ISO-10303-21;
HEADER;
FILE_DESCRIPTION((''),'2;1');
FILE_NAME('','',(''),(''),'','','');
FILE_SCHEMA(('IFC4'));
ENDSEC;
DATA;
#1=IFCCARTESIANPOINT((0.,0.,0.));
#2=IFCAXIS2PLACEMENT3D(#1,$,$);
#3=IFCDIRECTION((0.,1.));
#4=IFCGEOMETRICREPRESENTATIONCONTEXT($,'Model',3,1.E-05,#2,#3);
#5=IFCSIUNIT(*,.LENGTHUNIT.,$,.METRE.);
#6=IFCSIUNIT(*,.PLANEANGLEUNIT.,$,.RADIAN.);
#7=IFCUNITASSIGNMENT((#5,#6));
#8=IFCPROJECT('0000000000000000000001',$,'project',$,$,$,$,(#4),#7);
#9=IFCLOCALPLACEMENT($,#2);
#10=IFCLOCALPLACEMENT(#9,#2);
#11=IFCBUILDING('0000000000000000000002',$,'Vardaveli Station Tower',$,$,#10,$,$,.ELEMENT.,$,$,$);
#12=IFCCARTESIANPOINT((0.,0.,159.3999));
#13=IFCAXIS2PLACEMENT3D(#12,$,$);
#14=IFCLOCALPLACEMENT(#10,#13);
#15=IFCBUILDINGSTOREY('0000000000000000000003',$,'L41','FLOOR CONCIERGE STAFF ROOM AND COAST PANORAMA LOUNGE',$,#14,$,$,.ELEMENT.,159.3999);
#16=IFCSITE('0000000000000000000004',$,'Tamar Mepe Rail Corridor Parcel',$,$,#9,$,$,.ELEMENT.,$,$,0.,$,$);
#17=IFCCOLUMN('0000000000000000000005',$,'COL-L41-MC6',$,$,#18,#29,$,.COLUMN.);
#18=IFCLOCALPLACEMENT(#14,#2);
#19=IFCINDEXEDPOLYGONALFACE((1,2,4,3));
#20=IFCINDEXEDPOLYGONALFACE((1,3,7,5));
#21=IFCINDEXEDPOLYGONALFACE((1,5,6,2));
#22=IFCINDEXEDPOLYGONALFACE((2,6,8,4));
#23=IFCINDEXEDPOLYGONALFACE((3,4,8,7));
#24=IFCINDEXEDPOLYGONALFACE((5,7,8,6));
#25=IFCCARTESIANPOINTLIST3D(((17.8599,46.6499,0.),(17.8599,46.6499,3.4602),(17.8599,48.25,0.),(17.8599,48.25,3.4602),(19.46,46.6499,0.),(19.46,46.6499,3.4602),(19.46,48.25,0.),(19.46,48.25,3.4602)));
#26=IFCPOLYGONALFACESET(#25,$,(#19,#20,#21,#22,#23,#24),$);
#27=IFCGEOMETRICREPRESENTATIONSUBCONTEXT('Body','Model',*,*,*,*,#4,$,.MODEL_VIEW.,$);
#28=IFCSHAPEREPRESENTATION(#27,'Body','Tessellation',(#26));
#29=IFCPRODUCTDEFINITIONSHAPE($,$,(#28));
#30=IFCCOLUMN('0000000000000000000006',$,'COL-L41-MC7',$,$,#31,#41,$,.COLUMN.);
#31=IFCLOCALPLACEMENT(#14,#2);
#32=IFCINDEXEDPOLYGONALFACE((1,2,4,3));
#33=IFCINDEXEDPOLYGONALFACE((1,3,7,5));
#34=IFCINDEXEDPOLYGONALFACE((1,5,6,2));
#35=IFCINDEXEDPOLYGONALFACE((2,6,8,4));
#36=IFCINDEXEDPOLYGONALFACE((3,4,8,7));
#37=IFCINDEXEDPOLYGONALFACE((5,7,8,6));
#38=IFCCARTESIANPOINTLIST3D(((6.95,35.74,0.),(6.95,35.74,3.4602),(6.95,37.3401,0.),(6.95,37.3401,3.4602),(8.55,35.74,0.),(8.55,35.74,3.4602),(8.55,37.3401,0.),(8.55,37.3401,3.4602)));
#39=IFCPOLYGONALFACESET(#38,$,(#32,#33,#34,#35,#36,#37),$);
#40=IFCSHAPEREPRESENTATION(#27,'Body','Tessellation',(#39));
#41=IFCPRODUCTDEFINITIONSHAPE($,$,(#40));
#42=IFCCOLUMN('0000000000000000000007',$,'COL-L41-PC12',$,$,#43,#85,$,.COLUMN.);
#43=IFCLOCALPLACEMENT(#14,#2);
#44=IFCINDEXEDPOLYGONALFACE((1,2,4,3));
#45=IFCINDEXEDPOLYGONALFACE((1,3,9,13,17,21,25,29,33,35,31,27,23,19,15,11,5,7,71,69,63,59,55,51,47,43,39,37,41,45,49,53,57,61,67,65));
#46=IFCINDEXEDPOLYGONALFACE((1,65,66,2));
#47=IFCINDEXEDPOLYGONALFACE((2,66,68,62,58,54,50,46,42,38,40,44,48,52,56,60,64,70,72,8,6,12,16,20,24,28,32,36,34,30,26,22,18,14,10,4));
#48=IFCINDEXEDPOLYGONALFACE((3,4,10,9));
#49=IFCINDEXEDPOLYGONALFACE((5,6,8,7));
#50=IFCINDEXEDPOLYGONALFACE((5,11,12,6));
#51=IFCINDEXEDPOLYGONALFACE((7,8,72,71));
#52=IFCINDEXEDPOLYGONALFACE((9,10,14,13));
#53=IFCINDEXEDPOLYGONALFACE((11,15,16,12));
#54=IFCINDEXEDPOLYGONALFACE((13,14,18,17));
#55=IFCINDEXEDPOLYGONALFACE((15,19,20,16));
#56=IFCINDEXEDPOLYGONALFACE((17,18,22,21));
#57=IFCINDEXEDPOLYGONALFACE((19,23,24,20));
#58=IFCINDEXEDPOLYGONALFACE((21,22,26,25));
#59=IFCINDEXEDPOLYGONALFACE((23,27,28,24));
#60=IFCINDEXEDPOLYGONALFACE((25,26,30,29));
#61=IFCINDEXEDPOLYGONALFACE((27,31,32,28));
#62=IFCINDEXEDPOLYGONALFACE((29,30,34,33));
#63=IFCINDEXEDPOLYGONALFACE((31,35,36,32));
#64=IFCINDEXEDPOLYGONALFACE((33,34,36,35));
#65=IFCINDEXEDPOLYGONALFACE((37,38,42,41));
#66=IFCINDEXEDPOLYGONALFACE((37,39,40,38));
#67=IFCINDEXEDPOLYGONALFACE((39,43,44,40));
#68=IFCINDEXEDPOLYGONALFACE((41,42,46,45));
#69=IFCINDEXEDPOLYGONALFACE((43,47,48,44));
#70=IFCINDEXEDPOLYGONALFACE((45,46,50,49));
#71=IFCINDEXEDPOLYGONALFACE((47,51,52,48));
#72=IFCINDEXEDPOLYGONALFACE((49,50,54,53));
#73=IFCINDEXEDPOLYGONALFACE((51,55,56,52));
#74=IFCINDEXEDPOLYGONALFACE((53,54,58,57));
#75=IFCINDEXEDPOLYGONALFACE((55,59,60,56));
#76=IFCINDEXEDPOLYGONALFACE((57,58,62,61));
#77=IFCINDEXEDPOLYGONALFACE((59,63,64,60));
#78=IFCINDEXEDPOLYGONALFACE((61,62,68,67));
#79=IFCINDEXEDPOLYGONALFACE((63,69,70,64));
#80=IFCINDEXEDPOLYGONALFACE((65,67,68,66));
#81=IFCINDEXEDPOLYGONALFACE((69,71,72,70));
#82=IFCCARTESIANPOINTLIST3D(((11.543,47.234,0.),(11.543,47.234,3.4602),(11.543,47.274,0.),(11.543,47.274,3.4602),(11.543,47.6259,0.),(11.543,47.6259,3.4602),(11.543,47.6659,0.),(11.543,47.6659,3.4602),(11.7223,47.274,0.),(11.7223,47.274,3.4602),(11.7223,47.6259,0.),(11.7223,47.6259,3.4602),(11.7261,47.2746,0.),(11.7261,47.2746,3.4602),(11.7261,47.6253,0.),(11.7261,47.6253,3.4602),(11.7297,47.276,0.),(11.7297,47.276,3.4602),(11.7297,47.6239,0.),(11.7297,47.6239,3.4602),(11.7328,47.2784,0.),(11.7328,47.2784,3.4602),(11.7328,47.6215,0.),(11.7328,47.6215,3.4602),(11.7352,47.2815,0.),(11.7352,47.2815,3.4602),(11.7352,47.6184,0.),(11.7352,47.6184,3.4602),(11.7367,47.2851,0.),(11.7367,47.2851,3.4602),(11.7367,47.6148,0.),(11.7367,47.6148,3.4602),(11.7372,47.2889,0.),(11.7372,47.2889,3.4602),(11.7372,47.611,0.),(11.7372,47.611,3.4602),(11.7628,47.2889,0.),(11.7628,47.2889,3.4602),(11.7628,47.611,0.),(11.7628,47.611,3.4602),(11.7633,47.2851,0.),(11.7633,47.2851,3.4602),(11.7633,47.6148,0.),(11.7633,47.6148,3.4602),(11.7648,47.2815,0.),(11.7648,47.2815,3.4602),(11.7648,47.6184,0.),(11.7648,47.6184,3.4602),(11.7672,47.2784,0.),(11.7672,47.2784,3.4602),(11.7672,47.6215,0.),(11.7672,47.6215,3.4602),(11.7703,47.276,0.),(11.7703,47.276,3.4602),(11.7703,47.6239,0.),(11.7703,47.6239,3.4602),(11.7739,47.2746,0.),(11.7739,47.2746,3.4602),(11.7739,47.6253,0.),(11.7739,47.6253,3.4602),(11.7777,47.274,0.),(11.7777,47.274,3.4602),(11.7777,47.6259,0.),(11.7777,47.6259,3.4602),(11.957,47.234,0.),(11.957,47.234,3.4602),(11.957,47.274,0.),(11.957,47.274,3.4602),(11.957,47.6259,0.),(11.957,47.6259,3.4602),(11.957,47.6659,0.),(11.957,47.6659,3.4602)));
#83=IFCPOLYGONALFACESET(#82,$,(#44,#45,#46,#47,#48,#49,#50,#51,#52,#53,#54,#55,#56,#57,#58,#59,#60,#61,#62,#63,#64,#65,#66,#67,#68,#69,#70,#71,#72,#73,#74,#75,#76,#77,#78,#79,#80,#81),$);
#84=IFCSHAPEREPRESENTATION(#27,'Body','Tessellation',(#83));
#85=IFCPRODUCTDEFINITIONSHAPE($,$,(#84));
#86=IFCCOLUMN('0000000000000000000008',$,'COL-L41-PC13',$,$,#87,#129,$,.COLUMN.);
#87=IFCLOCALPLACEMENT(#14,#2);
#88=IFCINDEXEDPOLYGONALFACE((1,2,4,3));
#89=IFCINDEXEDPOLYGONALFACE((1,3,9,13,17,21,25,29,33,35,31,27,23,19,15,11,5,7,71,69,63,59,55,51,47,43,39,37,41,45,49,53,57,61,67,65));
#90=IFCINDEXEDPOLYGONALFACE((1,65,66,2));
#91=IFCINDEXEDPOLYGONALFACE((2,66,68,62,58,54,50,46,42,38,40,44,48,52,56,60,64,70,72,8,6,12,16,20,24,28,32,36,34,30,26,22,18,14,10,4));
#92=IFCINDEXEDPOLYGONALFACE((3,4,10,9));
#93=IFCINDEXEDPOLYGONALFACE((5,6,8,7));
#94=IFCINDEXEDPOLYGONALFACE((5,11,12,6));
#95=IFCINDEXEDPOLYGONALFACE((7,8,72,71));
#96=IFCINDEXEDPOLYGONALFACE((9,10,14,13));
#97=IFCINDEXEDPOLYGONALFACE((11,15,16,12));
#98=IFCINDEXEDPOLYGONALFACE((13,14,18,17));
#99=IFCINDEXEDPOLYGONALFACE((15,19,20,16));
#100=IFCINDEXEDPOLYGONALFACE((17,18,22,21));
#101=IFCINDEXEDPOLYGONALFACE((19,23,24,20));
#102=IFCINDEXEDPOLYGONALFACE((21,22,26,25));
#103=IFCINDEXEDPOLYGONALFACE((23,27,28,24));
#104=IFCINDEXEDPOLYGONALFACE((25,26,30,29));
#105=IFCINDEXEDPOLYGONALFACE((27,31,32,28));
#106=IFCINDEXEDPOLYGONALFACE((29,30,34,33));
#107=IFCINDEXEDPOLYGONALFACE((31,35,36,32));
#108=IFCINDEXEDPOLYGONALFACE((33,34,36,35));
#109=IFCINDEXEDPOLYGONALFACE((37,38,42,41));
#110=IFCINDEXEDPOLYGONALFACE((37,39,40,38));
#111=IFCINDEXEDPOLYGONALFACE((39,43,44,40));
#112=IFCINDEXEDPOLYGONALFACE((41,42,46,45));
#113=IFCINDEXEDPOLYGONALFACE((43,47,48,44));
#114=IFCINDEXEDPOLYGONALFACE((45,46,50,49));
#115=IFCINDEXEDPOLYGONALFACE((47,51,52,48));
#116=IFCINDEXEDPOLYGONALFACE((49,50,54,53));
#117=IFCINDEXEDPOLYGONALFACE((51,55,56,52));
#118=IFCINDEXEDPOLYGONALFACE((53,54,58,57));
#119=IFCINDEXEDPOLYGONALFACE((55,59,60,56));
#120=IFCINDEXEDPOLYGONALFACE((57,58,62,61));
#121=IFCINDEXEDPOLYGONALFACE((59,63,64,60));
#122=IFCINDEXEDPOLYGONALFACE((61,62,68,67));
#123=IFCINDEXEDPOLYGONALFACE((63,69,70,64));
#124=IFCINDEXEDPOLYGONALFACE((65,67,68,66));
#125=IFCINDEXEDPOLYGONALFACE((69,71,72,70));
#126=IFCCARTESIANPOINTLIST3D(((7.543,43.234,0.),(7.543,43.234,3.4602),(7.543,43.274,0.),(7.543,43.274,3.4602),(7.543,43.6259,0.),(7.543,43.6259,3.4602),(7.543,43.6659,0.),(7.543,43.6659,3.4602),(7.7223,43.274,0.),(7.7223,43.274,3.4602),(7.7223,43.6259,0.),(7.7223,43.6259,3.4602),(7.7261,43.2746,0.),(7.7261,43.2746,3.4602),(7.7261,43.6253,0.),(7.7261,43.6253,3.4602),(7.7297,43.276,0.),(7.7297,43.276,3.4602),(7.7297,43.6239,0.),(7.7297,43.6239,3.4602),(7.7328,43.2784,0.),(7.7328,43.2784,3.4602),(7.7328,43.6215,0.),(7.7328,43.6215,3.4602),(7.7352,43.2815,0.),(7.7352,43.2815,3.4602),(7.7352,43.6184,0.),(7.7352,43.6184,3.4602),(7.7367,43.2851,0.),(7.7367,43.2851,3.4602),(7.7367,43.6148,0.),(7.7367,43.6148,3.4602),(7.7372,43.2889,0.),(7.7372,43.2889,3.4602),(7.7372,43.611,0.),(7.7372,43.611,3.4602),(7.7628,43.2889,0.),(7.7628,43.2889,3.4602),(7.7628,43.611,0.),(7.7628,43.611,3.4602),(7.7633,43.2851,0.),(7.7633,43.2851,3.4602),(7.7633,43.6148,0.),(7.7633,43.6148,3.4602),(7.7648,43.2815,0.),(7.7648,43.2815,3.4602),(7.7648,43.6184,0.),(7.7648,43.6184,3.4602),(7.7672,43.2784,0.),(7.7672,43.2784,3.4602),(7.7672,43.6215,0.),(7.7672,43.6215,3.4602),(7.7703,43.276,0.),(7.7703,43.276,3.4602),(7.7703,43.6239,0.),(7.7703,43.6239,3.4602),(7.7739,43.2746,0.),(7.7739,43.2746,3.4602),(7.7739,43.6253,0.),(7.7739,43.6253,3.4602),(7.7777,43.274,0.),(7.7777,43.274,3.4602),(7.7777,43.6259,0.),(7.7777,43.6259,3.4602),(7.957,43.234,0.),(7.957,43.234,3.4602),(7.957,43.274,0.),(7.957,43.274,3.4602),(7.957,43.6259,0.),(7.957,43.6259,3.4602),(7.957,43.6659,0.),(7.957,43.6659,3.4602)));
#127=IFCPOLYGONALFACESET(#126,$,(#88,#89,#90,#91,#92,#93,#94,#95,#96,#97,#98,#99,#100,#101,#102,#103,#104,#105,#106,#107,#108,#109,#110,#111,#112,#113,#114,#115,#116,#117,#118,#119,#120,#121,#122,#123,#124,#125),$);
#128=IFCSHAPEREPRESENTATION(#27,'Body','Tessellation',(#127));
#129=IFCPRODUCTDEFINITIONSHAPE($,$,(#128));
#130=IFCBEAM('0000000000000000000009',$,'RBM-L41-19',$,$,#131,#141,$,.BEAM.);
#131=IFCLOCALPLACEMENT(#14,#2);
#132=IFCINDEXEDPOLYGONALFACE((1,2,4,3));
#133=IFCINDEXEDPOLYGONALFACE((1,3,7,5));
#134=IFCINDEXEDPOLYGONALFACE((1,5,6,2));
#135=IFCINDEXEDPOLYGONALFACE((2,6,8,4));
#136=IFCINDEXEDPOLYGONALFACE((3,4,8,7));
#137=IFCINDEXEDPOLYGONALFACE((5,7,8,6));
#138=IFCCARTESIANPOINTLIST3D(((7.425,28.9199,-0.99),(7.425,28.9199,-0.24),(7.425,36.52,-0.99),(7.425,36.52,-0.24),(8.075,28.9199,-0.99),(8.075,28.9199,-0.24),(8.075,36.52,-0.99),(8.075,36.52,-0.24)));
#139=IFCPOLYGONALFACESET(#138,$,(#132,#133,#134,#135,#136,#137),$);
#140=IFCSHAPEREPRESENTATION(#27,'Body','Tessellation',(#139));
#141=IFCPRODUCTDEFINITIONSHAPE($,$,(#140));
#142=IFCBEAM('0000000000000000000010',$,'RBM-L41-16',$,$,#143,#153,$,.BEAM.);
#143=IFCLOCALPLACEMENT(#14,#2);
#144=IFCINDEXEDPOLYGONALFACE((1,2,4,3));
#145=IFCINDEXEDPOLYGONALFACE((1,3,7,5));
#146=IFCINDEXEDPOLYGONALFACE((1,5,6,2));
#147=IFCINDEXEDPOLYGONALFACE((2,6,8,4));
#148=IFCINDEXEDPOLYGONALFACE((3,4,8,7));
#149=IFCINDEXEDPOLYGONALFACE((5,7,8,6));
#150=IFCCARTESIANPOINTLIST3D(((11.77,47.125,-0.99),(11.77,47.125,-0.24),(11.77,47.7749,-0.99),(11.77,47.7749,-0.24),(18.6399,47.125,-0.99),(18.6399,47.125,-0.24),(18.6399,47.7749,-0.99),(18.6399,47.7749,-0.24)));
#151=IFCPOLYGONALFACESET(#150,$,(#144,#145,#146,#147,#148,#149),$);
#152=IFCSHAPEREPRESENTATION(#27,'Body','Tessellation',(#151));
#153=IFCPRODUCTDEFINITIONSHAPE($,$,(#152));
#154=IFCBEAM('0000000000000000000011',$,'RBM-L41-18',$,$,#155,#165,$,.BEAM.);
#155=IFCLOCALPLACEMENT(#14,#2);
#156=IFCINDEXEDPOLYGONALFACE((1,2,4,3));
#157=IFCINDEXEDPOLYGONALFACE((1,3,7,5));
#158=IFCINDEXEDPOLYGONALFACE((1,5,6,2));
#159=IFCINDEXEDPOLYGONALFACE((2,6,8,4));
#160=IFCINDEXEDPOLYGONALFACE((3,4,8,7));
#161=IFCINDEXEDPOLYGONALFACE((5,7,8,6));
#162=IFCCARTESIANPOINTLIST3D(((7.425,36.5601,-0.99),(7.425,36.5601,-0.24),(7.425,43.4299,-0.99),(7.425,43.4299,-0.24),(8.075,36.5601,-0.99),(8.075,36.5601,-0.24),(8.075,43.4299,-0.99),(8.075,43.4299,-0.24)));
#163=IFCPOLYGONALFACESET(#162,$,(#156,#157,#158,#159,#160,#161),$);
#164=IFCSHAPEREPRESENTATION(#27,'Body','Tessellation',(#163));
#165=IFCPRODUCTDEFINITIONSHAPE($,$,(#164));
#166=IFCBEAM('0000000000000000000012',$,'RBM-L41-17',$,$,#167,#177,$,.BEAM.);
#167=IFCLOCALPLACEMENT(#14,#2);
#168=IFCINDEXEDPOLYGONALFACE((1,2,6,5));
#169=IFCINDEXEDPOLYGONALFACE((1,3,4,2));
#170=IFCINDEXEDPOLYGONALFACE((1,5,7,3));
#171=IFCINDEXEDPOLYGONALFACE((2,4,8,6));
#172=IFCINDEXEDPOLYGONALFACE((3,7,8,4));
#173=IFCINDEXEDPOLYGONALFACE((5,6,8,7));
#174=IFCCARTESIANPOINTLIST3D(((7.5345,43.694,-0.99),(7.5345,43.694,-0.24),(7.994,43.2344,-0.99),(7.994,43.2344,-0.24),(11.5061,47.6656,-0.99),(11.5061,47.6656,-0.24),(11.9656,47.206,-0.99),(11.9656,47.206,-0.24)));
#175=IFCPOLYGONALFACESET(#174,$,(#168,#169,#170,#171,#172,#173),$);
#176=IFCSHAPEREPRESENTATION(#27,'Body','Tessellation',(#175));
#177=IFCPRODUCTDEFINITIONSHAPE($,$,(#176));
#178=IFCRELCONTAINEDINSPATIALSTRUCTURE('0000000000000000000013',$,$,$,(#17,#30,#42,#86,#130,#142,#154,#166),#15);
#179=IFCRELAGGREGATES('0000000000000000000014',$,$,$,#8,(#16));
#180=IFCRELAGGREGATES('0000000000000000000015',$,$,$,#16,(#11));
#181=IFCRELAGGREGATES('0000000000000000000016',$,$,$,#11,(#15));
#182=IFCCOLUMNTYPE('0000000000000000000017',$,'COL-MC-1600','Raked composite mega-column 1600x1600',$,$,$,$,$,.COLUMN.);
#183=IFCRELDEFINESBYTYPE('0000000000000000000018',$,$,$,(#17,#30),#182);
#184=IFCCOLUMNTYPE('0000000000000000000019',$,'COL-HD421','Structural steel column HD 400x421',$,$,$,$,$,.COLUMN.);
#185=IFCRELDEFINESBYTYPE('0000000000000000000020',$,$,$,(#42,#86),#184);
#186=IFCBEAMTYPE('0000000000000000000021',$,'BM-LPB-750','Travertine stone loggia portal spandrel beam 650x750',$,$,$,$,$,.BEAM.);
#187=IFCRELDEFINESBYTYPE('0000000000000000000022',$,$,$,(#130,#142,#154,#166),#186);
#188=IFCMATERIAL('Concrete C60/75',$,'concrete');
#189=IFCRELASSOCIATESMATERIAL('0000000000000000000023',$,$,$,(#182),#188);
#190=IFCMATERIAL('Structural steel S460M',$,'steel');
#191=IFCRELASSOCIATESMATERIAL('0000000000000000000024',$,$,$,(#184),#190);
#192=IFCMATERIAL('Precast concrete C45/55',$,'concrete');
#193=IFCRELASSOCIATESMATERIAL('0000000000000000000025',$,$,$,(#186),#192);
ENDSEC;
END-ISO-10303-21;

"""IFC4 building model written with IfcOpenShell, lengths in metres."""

from ifc_helpers import new_model, si_unit, direction, frame, origin, origin_2d, place, context, subcontext, project, spatial, rectangle, i_section, extrude, source, transform, mapped, material, material_profile, profile_set, type_object, element, save


model = new_model("IFC4")

# Units and contexts
model_context = context("Model", 3, precision=1e-05, world=origin(), true_north=direction((0.0, 1.0)))
body_context = subcontext(model_context, "Body", "Model", "MODEL_VIEW")
ifc_project = project(units=[si_unit("LENGTHUNIT", "METRE"), si_unit("PLANEANGLEUNIT", "RADIAN")], contexts=[model_context])

# Site, building, storey
site_placement = place(None, origin())
site = spatial("IfcSite", under=ifc_project, at=site_placement, Name="Tamar Mepe Rail Corridor Parcel", CompositionType="ELEMENT", RefElevation=0.0)
building_placement = place(site_placement, origin())
building = spatial("IfcBuilding", under=site, at=building_placement, Name="Vardaveli Station Tower", CompositionType="ELEMENT")
storey_placement = place(building_placement, frame((0.0, 0.0, 159.3999)))
storey = spatial("IfcBuildingStorey", under=building, at=storey_placement, Name="L41", Description="FLOOR CONCIERGE STAFF ROOM AND COAST PANORAMA LOUNGE", CompositionType="ELEMENT", Elevation=159.3999)

# Columns
ifc_material_1 = material(Name="Concrete C60/75", Category="concrete")
ifc_material_profile_1 = material_profile(ifc_material_1, rectangle(XDim=1.6001, YDim=1.6001, at=origin_2d()), Name="MC 1600x1600")
ifc_profile_set_1 = profile_set([ifc_material_profile_1], Name="Concrete C60/75")
column_type_1 = type_object("IfcColumnType", Name="COL-MC-1600", Description="Raked composite mega-column 1600x1600", PredefinedType="COLUMN", material=ifc_profile_set_1)
shared_shape_1 = source(origin(), body_context, "Body", "SweptSolid", [
    extrude(rectangle(XDim=1.6001, YDim=1.6001, at=origin_2d()), origin(), (0.0, 0.0, 1.0), 3.4602),
])
for number, where, z_axis, x_axis, name in (
    (1, (18.6599, 47.45, 0.0), (0.0, 0.0, 1.0), (1.0, 0.0, 0.0), "COL-L41-MC6"),
    (2, (7.75, 36.54, 0.0), (0.0, 0.0, 1.0), (1.0, 0.0, 0.0), "COL-L41-MC7"),
):
    element("IfcColumn", number, at=place(storey_placement, frame(where, z_axis=z_axis, x_axis=x_axis)), inside=storey, type_object=column_type_1, Name=name, PredefinedType="COLUMN", context=body_context, shape_type="MappedRepresentation", body=[
        mapped(shared_shape_1, transform((0.0, 0.0, 0.0), scale=1.0)),
    ])
ifc_material_2 = material(Name="Structural steel S460M", Category="steel")
ifc_material_profile_2 = material_profile(ifc_material_2, i_section(OverallWidth=0.4141, OverallDepth=0.4319, WebThickness=0.0256, FlangeThickness=0.04, FilletRadius=0.0149, at=origin_2d()), Name="HD 400x421")
ifc_profile_set_2 = profile_set([ifc_material_profile_2], Name="Structural steel S460M")
column_type_2 = type_object("IfcColumnType", Name="COL-HD421", Description="Structural steel column HD 400x421", PredefinedType="COLUMN", material=ifc_profile_set_2)
shared_shape_2 = source(origin(), body_context, "Body", "SweptSolid", [
    extrude(i_section(OverallWidth=0.4141, OverallDepth=0.4319, WebThickness=0.0256, FlangeThickness=0.04, FilletRadius=0.0149, at=origin_2d()), origin(), (0.0, 0.0, 1.0), 3.4602),
])
for number, where, z_axis, x_axis, name in (
    (3, (11.75, 47.45, 0.0), (0.0, 0.0, 1.0), (1.0, 0.0, 0.0), "COL-L41-PC12"),
    (4, (7.75, 43.45, 0.0), (0.0, 0.0, 1.0), (1.0, 0.0, 0.0), "COL-L41-PC13"),
):
    element("IfcColumn", number, at=place(storey_placement, frame(where, z_axis=z_axis, x_axis=x_axis)), inside=storey, type_object=column_type_2, Name=name, PredefinedType="COLUMN", context=body_context, shape_type="MappedRepresentation", body=[
        mapped(shared_shape_2, transform((0.0, 0.0, 0.0), scale=1.0)),
    ])

# Beams
ifc_material_3 = material(Name="Precast concrete C45/55", Category="concrete")
ifc_material_profile_3 = material_profile(ifc_material_3, rectangle(XDim=0.6499, YDim=0.75, at=origin_2d()), Name="LPB 650x750")
ifc_profile_set_3 = profile_set([ifc_material_profile_3], Name="Precast concrete C45/55")
beam_type = type_object("IfcBeamType", Name="BM-LPB-750", Description="Travertine stone loggia portal spandrel beam 650x750", PredefinedType="BEAM", material=ifc_profile_set_3)
shared_shape_3 = source(origin(), body_context, "Body", "SweptSolid", [
    extrude(rectangle(XDim=0.6499, YDim=0.75, at=origin_2d()), origin(), (0.0, 0.0, 1.0), 7.6001),
])
beam_1_placement = place(storey_placement, frame((7.75, 36.52, -0.615), z_axis=(0.0, -1.0, 0.0), x_axis=(1.0, 0.0, 0.0)))
element("IfcBeam", 5, at=beam_1_placement, inside=storey, type_object=beam_type, Name="RBM-L41-19", PredefinedType="BEAM", context=body_context, shape_type="MappedRepresentation", body=[
    mapped(shared_shape_3, transform((0.0, 0.0, 0.0), scale=1.0)),
])
shared_shape_4 = source(origin(), body_context, "Body", "SweptSolid", [
    extrude(rectangle(XDim=0.6499, YDim=0.75, at=origin_2d()), origin(), (0.0, 0.0, 1.0), 6.8699),
])
for number, where, z_axis, x_axis, name in (
    (6, (18.6399, 47.45, -0.615), (-1.0, 0.0, 0.0), (0.0, -1.0, 0.0), "RBM-L41-16"),
    (7, (7.75, 43.4299, -0.615), (0.0, -1.0, 0.0), (1.0, 0.0, 0.0), "RBM-L41-18"),
):
    element("IfcBeam", number, at=place(storey_placement, frame(where, z_axis=z_axis, x_axis=x_axis)), inside=storey, type_object=beam_type, Name=name, PredefinedType="BEAM", context=body_context, shape_type="MappedRepresentation", body=[
        mapped(shared_shape_4, transform((0.0, 0.0, 0.0), scale=1.0)),
    ])
shared_shape_5 = source(origin(), body_context, "Body", "SweptSolid", [
    extrude(rectangle(XDim=0.6499, YDim=0.75, at=origin_2d()), origin(), (0.0, 0.0, 1.0), 5.6167),
])
beam_2_placement = place(storey_placement, frame((11.7358, 47.4358, -0.615), z_axis=(-0.707107, -0.707107, 0.0), x_axis=(0.707107, -0.707107, 0.0)))
element("IfcBeam", 8, at=beam_2_placement, inside=storey, type_object=beam_type, Name="RBM-L41-17", PredefinedType="BEAM", context=body_context, shape_type="MappedRepresentation", body=[
    mapped(shared_shape_5, transform((0.0, 0.0, 0.0), scale=1.0)),
])

save(model, "model.ifc")
